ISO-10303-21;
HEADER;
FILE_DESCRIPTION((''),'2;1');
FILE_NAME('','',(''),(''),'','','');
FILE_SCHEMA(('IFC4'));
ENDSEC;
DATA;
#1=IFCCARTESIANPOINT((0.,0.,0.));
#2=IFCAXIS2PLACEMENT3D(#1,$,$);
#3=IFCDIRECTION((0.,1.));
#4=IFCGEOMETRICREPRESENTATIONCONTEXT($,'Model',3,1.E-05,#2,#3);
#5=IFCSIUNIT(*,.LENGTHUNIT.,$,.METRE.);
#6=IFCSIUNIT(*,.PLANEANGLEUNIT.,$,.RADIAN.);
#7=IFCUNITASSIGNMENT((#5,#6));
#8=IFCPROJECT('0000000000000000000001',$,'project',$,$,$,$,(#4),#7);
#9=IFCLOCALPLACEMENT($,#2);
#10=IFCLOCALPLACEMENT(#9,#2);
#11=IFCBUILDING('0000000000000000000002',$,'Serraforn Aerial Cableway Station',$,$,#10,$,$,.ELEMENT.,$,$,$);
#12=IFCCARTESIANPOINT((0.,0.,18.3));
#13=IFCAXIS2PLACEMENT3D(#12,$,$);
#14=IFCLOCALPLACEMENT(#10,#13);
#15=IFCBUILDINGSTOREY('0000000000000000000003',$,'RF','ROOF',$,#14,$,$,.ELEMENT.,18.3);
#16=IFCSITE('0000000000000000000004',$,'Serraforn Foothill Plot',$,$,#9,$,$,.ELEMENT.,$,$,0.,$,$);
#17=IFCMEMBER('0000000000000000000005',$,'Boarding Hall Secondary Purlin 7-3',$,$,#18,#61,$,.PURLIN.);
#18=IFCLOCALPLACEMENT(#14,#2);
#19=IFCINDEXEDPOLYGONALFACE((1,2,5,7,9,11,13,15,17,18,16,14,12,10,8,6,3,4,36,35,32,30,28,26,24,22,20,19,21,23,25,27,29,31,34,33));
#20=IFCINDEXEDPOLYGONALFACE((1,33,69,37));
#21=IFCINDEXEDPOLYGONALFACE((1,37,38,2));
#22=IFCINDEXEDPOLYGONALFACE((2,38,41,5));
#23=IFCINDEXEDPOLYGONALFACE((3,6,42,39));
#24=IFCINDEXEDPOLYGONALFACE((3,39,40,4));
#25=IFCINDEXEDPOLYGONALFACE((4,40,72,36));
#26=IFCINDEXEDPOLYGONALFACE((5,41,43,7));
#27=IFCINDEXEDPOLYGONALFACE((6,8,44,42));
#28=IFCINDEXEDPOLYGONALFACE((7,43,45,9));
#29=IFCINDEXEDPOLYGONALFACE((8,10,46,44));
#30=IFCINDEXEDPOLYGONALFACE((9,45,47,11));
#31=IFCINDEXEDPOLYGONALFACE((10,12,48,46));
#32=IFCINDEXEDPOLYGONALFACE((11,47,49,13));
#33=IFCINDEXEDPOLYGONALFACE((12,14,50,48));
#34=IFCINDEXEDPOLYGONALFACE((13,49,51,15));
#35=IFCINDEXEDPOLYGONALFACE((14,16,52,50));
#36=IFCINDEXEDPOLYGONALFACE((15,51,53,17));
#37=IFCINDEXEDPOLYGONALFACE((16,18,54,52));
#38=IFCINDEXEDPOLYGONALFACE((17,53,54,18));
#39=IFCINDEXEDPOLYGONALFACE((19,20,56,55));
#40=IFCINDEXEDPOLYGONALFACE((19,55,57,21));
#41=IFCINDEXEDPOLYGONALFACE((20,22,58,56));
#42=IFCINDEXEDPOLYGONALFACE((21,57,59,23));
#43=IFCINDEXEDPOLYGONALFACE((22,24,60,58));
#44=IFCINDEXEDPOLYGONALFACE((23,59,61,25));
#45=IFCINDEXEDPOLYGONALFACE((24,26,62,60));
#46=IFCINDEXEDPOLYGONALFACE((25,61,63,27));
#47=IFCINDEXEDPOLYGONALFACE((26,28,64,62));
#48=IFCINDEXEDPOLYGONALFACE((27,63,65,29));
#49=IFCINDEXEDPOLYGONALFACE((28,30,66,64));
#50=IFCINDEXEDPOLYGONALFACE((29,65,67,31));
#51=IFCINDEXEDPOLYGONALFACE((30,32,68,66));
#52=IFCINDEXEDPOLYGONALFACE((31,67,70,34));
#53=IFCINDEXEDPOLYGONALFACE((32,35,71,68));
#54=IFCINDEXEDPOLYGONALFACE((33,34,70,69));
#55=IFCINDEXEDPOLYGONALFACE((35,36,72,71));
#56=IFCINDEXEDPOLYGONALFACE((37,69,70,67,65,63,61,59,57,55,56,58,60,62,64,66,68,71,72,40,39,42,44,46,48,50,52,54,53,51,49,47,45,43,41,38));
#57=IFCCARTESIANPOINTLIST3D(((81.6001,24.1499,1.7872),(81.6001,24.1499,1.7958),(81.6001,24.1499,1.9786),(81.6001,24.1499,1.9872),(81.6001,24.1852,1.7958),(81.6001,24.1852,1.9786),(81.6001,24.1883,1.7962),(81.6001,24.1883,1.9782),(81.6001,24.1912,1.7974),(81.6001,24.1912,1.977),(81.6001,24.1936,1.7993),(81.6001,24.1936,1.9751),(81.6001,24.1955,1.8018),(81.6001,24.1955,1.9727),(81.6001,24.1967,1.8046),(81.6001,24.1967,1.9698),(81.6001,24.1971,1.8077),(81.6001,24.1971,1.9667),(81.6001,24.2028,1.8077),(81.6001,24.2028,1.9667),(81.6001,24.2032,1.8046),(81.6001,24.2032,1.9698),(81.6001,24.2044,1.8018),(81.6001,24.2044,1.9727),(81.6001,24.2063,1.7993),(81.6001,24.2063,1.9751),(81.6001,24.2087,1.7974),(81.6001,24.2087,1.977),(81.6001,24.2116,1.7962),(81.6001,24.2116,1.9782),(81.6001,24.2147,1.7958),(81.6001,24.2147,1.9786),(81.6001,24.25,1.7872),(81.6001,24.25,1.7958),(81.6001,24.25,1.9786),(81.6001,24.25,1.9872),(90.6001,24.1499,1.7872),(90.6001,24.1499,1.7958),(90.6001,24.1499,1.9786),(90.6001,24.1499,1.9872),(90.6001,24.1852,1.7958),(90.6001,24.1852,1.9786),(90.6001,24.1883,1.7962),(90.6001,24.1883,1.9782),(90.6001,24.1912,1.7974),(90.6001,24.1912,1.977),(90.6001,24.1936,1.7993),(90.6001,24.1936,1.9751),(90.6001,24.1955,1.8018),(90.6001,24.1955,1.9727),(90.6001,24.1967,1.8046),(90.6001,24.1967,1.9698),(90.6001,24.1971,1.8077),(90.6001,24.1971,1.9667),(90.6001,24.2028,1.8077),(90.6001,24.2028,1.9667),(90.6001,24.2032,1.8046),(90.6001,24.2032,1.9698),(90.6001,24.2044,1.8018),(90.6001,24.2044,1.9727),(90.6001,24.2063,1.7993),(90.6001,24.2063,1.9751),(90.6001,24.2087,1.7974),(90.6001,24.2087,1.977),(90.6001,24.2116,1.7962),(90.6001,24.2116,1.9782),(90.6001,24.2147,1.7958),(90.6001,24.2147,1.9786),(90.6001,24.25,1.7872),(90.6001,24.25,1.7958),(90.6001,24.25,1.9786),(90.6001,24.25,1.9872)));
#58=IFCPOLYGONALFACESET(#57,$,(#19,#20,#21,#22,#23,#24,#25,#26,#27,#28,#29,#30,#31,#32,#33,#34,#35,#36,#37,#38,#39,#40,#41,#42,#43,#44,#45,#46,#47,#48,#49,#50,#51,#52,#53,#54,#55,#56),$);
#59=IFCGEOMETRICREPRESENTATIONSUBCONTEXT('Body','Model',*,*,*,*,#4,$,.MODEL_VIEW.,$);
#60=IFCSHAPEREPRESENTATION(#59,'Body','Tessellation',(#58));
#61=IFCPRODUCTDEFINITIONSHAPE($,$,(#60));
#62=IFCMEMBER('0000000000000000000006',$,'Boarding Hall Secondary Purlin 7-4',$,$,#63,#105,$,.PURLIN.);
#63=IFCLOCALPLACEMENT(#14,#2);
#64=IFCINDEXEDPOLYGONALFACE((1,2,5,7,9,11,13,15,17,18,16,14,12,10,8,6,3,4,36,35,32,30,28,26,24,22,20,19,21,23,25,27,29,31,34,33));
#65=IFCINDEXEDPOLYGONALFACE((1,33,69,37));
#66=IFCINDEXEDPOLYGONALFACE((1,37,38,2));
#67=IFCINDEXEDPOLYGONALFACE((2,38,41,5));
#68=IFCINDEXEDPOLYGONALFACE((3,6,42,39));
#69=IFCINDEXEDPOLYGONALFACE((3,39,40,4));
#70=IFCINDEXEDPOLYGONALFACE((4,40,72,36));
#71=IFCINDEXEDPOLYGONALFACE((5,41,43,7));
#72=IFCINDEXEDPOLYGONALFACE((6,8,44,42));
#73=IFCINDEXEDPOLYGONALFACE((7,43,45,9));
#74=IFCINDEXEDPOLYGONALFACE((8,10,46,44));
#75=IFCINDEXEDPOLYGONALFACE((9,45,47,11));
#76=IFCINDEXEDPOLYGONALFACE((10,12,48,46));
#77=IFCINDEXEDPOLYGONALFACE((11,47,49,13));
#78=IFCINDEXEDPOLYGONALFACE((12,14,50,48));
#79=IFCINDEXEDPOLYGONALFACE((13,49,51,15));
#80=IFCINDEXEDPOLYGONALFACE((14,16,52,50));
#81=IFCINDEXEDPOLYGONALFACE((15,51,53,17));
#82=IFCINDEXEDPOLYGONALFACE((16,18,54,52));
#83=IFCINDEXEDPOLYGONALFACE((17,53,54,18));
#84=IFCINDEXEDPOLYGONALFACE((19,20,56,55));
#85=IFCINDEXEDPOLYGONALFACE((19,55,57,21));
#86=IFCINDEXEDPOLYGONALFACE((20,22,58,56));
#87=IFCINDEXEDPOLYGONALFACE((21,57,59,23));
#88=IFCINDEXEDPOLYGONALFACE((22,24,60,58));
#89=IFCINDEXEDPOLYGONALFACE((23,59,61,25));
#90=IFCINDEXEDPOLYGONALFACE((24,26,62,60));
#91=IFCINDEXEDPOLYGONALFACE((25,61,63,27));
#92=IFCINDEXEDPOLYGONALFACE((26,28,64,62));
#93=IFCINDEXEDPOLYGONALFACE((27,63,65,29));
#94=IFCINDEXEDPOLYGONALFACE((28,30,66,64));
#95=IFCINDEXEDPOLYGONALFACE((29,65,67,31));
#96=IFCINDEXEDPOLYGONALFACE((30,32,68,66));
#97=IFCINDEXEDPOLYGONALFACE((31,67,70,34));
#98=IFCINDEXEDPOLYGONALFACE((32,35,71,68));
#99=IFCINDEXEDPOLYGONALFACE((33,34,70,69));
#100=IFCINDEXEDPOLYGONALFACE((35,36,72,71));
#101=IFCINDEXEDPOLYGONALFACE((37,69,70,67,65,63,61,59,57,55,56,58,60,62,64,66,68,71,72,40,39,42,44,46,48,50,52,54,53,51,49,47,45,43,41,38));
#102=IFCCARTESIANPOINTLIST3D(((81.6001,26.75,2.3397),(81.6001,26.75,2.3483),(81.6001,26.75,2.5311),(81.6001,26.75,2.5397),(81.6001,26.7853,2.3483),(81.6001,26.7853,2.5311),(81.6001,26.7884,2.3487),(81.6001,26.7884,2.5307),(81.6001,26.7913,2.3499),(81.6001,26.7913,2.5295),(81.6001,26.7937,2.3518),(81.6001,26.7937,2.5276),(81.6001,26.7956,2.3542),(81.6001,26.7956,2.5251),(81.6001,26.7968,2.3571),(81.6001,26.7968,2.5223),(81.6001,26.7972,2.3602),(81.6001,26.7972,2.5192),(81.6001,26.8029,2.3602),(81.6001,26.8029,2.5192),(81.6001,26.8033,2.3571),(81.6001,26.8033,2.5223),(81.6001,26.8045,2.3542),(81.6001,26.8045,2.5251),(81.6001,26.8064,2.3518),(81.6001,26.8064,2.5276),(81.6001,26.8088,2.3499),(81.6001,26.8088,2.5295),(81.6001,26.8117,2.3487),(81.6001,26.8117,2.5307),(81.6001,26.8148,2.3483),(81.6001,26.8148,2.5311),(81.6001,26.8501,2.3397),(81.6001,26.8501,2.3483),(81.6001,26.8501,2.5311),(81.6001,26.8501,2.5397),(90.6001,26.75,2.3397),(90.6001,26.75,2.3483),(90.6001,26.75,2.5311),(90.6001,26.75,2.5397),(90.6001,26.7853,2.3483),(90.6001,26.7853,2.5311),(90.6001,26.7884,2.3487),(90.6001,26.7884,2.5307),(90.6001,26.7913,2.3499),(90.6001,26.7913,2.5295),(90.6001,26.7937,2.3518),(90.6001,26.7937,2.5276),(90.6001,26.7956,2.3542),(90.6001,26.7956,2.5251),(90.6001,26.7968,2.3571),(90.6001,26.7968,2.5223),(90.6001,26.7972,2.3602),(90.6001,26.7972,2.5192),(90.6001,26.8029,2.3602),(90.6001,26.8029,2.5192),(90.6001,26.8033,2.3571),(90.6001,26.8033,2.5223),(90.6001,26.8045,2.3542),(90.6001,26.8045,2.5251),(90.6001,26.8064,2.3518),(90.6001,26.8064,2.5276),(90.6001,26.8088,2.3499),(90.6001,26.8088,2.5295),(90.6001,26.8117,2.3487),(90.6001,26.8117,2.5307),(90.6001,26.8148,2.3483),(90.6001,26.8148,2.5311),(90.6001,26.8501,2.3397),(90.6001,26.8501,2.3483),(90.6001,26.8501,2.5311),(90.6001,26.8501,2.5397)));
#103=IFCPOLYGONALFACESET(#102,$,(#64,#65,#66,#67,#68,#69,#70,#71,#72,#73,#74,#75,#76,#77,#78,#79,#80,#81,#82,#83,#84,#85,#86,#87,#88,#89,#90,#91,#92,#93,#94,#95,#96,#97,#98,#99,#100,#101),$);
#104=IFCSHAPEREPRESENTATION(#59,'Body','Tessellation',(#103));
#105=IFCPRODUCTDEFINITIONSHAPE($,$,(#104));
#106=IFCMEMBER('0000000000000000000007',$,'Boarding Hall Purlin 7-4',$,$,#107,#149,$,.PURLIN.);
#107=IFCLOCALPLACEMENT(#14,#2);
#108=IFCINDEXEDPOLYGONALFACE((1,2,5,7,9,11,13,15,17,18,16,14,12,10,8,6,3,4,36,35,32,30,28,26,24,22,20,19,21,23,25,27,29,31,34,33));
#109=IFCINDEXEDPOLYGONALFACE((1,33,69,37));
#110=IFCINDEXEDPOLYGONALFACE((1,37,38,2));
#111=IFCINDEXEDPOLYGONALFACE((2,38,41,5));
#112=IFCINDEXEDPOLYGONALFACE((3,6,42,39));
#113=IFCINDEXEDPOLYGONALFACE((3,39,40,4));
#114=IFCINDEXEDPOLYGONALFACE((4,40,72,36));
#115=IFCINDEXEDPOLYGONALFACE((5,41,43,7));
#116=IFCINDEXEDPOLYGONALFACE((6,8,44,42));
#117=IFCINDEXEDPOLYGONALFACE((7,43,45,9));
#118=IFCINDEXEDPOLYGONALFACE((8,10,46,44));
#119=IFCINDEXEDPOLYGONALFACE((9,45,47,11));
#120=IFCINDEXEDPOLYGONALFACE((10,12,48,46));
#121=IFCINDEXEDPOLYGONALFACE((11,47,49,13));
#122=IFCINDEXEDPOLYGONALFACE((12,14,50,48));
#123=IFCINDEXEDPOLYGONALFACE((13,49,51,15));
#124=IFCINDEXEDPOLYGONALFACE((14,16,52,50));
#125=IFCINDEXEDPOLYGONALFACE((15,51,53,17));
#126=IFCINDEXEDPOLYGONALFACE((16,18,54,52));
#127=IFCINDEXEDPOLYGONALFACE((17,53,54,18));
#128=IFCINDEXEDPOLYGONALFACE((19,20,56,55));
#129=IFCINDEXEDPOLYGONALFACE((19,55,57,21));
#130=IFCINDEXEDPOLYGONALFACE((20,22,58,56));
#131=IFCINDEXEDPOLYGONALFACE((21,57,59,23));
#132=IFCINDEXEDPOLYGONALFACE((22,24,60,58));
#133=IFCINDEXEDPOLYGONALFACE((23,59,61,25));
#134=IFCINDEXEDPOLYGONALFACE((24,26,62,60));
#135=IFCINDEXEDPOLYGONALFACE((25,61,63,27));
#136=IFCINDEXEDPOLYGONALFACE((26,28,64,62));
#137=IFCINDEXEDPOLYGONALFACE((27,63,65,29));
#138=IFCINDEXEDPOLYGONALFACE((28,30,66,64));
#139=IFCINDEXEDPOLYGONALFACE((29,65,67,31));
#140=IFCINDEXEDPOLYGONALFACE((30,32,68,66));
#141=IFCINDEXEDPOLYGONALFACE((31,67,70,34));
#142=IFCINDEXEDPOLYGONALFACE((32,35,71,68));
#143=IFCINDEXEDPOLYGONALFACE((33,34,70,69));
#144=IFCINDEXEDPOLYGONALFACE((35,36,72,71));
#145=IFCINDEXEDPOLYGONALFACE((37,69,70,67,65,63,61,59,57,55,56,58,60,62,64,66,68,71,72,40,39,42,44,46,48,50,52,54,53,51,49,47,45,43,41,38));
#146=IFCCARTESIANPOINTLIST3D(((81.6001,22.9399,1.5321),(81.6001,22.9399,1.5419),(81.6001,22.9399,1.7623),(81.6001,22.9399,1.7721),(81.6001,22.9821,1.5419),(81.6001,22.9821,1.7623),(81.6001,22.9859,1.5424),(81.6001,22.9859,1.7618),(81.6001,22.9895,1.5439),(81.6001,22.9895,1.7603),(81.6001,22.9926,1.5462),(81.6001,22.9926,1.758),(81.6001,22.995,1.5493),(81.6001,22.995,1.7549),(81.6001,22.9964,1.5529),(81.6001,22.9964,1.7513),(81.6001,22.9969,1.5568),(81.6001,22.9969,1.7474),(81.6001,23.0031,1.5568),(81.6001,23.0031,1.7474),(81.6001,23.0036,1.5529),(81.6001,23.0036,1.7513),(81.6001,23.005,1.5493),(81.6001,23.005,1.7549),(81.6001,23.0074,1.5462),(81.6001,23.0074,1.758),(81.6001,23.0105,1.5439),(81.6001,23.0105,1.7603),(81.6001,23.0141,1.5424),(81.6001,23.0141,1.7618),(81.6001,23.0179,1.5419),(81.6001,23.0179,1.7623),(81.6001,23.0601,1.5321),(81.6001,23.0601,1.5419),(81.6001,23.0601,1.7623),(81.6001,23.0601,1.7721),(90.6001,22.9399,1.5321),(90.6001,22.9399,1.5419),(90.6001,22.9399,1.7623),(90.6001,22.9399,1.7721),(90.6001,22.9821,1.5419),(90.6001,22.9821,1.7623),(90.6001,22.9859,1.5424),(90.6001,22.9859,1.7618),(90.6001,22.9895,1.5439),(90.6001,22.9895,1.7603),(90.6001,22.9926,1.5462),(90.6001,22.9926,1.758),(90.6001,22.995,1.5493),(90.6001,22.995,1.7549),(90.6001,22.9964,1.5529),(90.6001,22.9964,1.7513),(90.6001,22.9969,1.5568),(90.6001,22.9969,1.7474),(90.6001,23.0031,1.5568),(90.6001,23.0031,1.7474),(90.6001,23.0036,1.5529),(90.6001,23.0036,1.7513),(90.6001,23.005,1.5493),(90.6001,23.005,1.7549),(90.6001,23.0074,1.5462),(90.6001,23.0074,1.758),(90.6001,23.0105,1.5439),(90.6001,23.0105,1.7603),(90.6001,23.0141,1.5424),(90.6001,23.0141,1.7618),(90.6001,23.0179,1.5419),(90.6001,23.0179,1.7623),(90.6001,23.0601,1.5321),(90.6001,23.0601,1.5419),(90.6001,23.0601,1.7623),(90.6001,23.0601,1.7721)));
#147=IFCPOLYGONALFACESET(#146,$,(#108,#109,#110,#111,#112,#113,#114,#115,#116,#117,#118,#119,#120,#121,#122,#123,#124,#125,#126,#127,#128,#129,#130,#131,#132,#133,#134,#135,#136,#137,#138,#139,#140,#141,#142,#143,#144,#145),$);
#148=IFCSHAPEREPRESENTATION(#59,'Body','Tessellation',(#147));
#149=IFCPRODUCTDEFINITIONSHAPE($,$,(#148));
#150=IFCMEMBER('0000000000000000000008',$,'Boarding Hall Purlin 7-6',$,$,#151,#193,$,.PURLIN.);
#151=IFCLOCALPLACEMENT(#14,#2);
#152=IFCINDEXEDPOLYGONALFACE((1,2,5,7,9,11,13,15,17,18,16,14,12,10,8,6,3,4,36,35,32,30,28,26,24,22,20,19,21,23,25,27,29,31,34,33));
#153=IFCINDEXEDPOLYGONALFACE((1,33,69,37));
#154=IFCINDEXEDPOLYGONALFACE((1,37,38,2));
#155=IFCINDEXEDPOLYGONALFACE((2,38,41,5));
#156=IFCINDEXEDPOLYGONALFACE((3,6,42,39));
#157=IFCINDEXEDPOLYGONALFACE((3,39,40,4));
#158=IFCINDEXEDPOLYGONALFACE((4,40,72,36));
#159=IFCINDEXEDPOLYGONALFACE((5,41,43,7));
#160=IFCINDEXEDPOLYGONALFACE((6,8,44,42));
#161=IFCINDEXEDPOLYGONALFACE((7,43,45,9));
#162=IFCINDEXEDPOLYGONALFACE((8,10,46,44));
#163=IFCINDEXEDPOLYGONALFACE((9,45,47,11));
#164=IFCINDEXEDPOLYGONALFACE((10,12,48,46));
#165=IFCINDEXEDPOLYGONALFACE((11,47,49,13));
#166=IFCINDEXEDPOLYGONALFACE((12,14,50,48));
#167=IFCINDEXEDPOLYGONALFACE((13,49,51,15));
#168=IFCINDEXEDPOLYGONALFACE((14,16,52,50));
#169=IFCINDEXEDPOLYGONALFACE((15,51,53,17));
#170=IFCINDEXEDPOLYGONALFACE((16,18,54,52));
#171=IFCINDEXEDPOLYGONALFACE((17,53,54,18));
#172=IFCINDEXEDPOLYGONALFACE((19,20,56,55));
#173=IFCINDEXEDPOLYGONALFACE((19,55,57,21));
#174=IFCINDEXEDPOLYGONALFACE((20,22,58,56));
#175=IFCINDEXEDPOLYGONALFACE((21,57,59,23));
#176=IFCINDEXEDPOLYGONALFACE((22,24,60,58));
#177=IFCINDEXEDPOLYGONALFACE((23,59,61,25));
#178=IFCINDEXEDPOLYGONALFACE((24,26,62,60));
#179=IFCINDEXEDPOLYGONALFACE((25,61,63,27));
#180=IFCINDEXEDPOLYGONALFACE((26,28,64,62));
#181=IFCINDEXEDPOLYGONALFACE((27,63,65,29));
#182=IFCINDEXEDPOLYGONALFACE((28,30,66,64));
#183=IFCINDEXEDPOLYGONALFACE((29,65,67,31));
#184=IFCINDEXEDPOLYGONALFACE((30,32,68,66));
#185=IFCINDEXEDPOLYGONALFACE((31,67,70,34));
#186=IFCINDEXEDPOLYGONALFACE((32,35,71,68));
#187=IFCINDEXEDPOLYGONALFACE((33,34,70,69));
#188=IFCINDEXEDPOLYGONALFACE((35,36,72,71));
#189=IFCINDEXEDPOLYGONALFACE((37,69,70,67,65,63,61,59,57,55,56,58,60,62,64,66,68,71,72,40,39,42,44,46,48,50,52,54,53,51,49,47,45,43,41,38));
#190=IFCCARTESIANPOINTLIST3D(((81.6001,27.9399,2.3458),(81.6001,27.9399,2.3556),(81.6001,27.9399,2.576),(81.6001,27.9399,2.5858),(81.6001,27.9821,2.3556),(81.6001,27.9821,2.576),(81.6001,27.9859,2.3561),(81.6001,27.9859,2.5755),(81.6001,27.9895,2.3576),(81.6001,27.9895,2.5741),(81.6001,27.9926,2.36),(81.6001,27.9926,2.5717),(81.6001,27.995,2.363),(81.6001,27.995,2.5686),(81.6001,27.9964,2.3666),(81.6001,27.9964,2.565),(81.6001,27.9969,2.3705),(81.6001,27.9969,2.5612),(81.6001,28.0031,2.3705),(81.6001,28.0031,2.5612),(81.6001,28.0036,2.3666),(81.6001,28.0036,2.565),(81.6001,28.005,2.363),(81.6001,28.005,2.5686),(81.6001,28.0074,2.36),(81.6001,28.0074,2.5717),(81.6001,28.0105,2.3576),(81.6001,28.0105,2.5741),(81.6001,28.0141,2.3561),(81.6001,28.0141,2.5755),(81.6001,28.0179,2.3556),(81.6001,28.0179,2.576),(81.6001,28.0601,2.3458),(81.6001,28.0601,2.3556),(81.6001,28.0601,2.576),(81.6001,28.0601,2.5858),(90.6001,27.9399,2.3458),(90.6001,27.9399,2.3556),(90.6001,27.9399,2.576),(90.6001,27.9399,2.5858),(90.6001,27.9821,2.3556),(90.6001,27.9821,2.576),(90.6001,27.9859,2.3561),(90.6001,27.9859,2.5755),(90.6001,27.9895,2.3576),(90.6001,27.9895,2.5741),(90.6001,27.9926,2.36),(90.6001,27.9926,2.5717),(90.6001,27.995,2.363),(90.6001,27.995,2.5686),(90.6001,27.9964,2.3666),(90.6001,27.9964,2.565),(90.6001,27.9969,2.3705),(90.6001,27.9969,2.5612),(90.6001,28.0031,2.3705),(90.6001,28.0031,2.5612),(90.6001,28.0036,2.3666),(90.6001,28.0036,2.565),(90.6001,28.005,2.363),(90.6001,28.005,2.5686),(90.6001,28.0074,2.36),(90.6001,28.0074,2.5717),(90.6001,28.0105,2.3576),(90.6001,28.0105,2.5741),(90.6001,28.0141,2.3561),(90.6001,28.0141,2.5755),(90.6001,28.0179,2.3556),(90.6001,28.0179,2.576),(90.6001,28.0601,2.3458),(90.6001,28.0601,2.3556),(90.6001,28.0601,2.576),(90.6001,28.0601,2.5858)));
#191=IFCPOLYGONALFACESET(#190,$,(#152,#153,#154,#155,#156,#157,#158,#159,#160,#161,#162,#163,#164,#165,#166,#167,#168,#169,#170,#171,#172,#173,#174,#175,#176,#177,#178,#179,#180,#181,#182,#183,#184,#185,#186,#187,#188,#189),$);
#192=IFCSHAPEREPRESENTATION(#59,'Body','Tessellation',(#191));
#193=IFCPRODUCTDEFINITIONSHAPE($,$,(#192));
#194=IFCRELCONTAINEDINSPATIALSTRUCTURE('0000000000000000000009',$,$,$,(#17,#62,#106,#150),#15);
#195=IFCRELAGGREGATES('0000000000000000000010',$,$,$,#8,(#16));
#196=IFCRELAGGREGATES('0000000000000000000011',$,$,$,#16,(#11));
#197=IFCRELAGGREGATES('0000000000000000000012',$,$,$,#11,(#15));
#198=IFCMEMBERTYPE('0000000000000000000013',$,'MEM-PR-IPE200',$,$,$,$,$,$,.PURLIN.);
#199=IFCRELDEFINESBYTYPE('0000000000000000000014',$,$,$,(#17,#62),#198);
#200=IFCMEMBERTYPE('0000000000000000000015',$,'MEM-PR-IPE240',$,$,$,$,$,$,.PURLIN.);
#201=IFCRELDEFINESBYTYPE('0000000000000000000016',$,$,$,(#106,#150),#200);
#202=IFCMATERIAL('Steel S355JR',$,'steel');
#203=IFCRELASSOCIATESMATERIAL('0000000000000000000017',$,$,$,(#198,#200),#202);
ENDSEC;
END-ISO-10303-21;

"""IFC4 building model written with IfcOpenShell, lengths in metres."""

from ifc_helpers import new_model, si_unit, direction, frame, origin, origin_2d, place, context, subcontext, project, spatial, i_section, extrude, material, material_profile, profile_set, type_object, element, save


model = new_model("IFC4")

# Units and contexts
model_context = context("Model", 3, precision=1e-05, world=origin(), true_north=direction((0.0, 1.0)))
body_context = subcontext(model_context, "Body", "Model", "MODEL_VIEW")
ifc_project = project(units=[si_unit("LENGTHUNIT", "METRE"), si_unit("PLANEANGLEUNIT", "RADIAN")], contexts=[model_context])

# Site, building, storey
site_placement = place(None, origin())
site = spatial("IfcSite", under=ifc_project, at=site_placement, Name="Serraforn Foothill Plot", CompositionType="ELEMENT", RefElevation=0.0)
building_placement = place(site_placement, origin())
building = spatial("IfcBuilding", under=site, at=building_placement, Name="Serraforn Aerial Cableway Station", CompositionType="ELEMENT")
storey_placement = place(building_placement, frame((0.0, 0.0, 18.3)))
storey = spatial("IfcBuildingStorey", under=building, at=storey_placement, Name="RF", Description="ROOF", CompositionType="ELEMENT", Elevation=18.3)

# Members
ifc_material_1 = material(Name="Steel S355JR", Category="steel")
ifc_material_profile_1 = material_profile(ifc_material_1, i_section(OverallWidth=0.1001, OverallDepth=0.2, WebThickness=0.0056, FlangeThickness=0.0085, FilletRadius=0.012, at=origin_2d()), Name="IPE 200")
ifc_profile_set_1 = profile_set([ifc_material_profile_1], Name="Steel S355JR")
member_type_1 = type_object("IfcMemberType", Name="MEM-PR-IPE200", PredefinedType="PURLIN", material=ifc_profile_set_1)
for number, where, z_axis, x_axis, name in (
    (1, (81.6001, 24.2, 1.8872), (1.0, 0.0, 0.0), (0.0, 1.0, 0.0), "Boarding Hall Secondary Purlin 7-3"),
    (2, (81.6001, 26.8, 2.4397), (1.0, 0.0, 0.0), (0.0, 1.0, 0.0), "Boarding Hall Secondary Purlin 7-4"),
):
    element("IfcMember", number, at=place(storey_placement, frame(where, z_axis=z_axis, x_axis=x_axis)), inside=storey, type_object=member_type_1, Name=name, PredefinedType="PURLIN", context=body_context, shape_type="SweptSolid", body=[
        extrude(i_section(OverallWidth=0.1001, OverallDepth=0.2, WebThickness=0.0056, FlangeThickness=0.0085, FilletRadius=0.012, at=origin_2d()), origin(), (0.0, 0.0, 1.0), 9.0),
    ])
ifc_material_profile_2 = material_profile(ifc_material_1, i_section(OverallWidth=0.1201, OverallDepth=0.24, WebThickness=0.0061, FlangeThickness=0.0098, FilletRadius=0.0149, at=origin_2d()), Name="IPE 240")
ifc_profile_set_2 = profile_set([ifc_material_profile_2], Name="Steel S355JR")
member_type_2 = type_object("IfcMemberType", Name="MEM-PR-IPE240", PredefinedType="PURLIN", material=ifc_profile_set_2)
for number, where, z_axis, x_axis, name in (
    (3, (81.6001, 23.0, 1.6521), (1.0, 0.0, 0.0), (0.0, 1.0, 0.0), "Boarding Hall Purlin 7-4"),
    (4, (81.6001, 28.0, 2.4658), (1.0, 0.0, 0.0), (0.0, 1.0, 0.0), "Boarding Hall Purlin 7-6"),
):
    element("IfcMember", number, at=place(storey_placement, frame(where, z_axis=z_axis, x_axis=x_axis)), inside=storey, type_object=member_type_2, Name=name, PredefinedType="PURLIN", context=body_context, shape_type="SweptSolid", body=[
        extrude(i_section(OverallWidth=0.1201, OverallDepth=0.24, WebThickness=0.0061, FlangeThickness=0.0098, FilletRadius=0.0149, at=origin_2d()), origin(), (0.0, 0.0, 1.0), 9.0),
    ])

save(model, "model.ifc")
